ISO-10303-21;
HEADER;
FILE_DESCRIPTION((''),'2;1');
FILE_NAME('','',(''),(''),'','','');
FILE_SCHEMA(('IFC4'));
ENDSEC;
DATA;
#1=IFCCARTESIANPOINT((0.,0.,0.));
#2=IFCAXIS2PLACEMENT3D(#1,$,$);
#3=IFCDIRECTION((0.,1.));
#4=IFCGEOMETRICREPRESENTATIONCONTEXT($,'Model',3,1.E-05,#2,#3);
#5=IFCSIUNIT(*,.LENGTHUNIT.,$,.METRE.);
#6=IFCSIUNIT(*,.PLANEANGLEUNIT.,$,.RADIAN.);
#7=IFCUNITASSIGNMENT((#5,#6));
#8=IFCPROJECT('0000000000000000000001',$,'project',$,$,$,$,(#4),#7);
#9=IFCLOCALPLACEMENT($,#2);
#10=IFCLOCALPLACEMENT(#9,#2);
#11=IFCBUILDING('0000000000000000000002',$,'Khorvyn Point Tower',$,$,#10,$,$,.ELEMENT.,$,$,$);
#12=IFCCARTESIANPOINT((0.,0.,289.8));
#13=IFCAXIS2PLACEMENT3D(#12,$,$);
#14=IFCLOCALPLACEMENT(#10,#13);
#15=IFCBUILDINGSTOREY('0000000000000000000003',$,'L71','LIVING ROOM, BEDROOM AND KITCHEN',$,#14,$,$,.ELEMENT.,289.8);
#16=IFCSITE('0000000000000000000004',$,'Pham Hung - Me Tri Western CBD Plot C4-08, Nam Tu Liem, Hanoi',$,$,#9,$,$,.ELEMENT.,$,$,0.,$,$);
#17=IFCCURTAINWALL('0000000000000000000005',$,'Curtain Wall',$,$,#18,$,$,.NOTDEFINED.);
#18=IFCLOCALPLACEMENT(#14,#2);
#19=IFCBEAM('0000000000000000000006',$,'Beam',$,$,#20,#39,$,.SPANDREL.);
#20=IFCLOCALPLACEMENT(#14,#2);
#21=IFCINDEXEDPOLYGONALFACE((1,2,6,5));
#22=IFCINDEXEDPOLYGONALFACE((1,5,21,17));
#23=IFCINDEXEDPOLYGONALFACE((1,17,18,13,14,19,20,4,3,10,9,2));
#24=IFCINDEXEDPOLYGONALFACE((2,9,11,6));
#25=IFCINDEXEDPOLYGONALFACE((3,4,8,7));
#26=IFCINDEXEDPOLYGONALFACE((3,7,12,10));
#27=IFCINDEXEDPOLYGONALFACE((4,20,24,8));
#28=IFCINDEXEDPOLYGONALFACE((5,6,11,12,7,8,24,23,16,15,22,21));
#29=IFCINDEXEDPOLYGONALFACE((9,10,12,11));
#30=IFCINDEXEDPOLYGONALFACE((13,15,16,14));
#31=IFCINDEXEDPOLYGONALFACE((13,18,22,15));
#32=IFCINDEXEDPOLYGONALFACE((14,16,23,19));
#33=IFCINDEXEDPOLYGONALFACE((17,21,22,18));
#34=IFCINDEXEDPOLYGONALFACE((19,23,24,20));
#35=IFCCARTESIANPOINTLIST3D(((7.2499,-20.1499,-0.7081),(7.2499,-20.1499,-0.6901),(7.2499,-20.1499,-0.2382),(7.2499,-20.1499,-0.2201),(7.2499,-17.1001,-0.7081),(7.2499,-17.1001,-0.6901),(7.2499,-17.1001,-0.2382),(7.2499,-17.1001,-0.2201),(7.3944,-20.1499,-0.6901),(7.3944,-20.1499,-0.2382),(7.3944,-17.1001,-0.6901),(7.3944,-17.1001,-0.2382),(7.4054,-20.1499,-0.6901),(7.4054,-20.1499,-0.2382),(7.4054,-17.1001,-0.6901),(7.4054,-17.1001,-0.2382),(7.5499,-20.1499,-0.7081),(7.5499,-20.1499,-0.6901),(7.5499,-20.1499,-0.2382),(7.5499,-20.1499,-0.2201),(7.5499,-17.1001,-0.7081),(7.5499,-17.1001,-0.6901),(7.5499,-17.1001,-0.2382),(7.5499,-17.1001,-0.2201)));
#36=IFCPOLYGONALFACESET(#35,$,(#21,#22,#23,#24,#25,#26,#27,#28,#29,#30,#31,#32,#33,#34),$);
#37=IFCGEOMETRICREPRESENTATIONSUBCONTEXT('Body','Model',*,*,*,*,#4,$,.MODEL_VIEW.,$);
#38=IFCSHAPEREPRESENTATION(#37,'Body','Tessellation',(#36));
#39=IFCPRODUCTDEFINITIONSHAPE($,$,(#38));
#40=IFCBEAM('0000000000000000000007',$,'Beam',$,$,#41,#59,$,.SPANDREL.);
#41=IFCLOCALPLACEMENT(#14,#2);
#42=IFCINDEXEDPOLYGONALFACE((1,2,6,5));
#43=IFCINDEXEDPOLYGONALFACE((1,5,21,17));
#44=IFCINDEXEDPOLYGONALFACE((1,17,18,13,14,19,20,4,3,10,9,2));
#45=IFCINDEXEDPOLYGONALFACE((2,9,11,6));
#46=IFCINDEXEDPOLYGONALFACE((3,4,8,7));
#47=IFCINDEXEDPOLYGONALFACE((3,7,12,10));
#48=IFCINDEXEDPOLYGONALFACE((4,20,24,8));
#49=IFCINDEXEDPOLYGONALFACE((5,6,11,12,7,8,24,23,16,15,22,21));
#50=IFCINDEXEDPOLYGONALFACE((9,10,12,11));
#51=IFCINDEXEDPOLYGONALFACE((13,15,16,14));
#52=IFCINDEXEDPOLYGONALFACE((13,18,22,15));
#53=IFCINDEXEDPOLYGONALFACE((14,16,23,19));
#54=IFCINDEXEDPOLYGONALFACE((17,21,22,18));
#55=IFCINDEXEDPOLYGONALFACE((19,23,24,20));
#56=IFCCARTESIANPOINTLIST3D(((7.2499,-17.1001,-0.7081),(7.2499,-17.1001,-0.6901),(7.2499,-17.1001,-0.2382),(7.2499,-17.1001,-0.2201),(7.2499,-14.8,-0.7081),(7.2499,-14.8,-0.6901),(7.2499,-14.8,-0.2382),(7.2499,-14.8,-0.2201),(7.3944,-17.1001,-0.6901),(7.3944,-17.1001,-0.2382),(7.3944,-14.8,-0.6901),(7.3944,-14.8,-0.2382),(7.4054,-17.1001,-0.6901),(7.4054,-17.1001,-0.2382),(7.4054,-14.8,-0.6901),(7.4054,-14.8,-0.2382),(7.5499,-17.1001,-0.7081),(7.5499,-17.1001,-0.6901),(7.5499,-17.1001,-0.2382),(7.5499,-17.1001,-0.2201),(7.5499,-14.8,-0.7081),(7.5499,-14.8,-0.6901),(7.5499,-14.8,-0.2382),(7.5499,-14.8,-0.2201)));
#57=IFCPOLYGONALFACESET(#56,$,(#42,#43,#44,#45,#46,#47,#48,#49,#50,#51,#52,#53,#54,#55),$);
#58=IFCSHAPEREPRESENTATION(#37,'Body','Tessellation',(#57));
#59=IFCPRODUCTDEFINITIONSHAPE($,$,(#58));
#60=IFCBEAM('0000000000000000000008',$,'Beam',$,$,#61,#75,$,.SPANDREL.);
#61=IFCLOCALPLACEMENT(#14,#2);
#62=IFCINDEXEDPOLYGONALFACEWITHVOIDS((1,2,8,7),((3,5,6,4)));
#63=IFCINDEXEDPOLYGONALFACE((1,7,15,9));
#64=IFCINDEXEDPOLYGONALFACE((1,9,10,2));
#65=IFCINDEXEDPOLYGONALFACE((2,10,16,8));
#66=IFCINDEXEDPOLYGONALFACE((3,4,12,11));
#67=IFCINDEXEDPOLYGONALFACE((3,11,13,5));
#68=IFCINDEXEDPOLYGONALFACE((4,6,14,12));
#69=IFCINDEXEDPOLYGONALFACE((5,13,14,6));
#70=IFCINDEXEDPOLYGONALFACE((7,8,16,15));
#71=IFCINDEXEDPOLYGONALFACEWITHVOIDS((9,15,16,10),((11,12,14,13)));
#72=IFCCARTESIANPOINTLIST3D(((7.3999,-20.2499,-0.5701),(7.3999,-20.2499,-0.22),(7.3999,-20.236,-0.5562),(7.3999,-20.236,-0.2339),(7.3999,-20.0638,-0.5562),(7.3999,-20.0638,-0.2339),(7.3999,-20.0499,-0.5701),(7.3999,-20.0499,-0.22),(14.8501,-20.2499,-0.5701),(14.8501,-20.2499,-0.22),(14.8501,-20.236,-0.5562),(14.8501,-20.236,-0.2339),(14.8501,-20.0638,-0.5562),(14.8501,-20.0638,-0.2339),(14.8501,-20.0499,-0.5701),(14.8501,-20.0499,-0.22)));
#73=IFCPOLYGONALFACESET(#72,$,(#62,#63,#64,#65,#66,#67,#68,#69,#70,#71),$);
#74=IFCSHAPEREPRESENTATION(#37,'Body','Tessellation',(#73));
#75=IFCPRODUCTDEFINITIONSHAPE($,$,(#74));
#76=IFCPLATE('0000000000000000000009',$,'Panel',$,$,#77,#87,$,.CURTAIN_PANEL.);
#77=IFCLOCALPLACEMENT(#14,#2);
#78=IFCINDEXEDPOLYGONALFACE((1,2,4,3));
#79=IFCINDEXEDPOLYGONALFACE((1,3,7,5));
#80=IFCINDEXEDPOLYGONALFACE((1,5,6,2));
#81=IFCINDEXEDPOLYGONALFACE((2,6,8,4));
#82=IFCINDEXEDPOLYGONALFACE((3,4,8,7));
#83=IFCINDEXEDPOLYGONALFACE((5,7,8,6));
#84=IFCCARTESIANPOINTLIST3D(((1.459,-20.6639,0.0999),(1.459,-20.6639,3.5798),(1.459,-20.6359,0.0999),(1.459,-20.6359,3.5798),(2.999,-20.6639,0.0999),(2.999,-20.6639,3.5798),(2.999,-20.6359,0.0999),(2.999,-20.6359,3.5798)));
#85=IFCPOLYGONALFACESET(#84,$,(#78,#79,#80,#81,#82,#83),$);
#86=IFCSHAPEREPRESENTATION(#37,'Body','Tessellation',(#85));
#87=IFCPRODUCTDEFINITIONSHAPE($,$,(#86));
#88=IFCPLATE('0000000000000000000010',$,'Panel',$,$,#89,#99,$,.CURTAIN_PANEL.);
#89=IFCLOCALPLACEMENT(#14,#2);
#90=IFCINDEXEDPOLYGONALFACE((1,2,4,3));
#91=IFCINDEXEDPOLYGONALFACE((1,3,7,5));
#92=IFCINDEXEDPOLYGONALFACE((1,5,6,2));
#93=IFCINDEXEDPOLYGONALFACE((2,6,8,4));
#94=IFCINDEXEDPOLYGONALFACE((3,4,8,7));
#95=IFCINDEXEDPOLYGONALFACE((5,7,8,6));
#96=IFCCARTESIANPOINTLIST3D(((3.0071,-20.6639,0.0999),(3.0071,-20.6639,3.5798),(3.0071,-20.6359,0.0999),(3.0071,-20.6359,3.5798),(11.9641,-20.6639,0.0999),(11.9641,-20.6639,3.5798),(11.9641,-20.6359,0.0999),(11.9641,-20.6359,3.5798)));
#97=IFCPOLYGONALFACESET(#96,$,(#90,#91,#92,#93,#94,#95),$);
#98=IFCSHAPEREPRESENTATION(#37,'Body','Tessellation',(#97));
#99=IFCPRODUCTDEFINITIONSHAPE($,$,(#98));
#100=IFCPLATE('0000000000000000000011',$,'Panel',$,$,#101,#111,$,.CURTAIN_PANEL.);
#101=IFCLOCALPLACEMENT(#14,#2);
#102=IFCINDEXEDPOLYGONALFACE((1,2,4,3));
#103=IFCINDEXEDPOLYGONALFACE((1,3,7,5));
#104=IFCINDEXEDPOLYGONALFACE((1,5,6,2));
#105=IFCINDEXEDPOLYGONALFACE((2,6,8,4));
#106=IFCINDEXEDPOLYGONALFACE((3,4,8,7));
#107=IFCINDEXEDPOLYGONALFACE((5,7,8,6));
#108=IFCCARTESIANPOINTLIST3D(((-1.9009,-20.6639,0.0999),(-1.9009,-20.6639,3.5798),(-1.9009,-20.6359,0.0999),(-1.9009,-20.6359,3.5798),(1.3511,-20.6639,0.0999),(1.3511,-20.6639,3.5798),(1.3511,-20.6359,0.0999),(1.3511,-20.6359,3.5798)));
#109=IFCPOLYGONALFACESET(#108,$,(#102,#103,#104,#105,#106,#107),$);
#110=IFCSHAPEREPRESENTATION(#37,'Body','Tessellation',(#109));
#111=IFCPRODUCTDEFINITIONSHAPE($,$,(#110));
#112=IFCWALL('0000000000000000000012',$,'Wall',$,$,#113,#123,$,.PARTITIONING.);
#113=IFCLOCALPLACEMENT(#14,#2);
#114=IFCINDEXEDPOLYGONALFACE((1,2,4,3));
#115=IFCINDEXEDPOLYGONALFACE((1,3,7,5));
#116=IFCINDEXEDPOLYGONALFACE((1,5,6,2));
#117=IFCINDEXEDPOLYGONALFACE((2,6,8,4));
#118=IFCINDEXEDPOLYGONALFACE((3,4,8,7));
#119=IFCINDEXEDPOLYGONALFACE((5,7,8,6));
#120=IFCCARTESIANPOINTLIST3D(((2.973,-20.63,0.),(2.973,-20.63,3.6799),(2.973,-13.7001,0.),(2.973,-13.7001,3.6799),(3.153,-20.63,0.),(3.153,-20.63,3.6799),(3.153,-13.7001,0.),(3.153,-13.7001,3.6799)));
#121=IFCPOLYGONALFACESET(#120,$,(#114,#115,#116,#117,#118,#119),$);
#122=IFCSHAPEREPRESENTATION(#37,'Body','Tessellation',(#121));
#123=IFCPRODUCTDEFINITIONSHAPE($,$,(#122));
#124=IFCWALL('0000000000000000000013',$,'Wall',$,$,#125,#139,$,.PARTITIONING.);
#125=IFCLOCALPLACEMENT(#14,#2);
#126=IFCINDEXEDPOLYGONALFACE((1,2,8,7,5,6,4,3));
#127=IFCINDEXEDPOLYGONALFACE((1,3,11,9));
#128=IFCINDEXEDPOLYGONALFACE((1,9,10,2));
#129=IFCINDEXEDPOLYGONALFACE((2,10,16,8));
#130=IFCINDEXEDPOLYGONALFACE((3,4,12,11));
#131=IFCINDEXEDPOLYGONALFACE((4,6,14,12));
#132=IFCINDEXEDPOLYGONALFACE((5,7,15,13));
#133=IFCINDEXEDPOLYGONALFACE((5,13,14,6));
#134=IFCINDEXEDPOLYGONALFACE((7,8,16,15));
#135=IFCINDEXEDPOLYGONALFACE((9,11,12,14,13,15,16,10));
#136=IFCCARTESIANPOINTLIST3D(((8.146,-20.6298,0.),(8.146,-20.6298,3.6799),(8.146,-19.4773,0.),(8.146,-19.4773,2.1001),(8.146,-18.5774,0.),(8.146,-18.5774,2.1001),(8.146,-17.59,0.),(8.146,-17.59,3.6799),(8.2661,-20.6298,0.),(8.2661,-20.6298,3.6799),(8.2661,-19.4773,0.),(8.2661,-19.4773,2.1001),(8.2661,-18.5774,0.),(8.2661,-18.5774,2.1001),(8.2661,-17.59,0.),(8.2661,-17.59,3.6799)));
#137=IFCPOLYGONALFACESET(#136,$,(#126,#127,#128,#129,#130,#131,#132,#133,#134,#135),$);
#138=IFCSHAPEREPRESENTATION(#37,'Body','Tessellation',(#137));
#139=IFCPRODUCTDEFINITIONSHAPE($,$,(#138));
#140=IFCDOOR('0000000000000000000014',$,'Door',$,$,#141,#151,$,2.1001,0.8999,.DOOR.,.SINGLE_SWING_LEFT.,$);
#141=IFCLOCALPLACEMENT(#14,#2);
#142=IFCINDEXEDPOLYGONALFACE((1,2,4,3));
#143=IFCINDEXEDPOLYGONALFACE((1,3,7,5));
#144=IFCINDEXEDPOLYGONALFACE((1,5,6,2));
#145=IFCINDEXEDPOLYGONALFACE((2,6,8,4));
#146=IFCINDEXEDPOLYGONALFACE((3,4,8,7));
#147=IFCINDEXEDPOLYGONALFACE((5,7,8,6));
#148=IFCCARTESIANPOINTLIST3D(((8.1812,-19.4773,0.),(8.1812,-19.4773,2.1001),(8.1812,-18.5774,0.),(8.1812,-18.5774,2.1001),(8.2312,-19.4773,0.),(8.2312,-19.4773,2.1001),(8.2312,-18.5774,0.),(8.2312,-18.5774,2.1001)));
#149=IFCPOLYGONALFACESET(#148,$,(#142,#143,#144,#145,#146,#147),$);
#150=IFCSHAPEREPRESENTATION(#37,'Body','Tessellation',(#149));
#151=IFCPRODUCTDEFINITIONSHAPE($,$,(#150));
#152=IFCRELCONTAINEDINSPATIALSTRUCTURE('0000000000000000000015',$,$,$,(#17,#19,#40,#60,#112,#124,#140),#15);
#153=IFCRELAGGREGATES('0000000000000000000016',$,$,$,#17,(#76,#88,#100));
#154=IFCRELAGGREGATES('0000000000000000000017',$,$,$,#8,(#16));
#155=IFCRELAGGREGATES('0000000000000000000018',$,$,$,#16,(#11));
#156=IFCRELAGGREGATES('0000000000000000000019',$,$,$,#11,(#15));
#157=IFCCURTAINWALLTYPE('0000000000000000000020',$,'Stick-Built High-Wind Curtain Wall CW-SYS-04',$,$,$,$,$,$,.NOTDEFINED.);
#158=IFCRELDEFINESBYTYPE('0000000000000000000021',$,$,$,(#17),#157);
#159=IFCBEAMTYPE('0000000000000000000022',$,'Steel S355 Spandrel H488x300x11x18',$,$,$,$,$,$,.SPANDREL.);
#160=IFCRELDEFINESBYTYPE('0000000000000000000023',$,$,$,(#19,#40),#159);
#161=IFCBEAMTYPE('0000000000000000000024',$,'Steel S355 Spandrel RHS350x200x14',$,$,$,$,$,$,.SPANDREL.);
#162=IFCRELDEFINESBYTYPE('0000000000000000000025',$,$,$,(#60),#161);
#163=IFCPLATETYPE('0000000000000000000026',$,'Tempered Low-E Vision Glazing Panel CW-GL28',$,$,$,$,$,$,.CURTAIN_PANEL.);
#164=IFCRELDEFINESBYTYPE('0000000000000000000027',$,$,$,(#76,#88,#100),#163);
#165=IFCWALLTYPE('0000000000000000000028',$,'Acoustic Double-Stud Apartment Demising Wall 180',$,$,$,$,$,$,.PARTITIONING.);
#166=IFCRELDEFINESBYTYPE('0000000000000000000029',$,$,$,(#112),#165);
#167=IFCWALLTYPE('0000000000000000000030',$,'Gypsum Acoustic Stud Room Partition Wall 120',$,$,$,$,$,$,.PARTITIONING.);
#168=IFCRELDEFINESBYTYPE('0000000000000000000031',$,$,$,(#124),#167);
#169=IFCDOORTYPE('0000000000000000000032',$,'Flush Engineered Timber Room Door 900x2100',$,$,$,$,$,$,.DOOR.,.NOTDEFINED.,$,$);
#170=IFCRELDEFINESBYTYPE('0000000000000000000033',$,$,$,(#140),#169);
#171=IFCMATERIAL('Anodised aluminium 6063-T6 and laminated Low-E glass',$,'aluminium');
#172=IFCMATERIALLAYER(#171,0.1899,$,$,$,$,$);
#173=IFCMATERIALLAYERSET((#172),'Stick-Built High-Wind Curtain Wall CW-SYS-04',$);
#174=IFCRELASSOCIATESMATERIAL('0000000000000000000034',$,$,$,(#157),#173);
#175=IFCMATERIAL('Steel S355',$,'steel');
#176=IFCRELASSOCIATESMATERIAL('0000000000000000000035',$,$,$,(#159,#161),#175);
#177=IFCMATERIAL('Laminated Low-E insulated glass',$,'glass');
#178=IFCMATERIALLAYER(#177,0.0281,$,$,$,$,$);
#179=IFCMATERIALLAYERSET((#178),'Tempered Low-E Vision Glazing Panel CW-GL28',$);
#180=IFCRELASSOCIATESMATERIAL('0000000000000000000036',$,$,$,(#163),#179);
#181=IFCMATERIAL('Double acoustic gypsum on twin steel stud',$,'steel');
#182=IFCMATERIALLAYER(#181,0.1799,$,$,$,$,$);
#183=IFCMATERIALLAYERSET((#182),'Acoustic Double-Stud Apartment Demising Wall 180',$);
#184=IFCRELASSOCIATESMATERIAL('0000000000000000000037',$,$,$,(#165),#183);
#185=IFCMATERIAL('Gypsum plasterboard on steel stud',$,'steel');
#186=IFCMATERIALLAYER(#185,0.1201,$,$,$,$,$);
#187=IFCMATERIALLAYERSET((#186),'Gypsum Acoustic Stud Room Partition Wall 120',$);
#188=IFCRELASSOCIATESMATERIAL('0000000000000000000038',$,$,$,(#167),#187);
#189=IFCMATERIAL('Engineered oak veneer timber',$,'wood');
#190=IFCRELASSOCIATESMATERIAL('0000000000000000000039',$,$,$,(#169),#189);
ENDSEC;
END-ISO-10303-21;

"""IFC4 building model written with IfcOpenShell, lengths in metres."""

from ifc_helpers import new_model, si_unit, direction, frame, frame_2d, origin, origin_2d, place, context, subcontext, project, spatial, rectangle, hollow_rectangle, i_section, extrude, material, layer, layer_set, material_profile, profile_set, type_object, element, fill, aggregate, save


model = new_model("IFC4")

# Units and contexts
model_context = context("Model", 3, precision=1e-05, world=origin(), true_north=direction((0.0, 1.0)))
body_context = subcontext(model_context, "Body", "Model", "MODEL_VIEW")
ifc_project = project(units=[si_unit("LENGTHUNIT", "METRE"), si_unit("PLANEANGLEUNIT", "RADIAN")], contexts=[model_context])

# Site, building, storey
site_placement = place(None, origin())
site = spatial("IfcSite", under=ifc_project, at=site_placement, Name="Pham Hung - Me Tri Western CBD Plot C4-08, Nam Tu Liem, Hanoi", CompositionType="ELEMENT", RefElevation=0.0)
building_placement = place(site_placement, origin())
building = spatial("IfcBuilding", under=site, at=building_placement, Name="Khorvyn Point Tower", CompositionType="ELEMENT")
storey_placement = place(building_placement, frame((0.0, 0.0, 289.8)))
storey = spatial("IfcBuildingStorey", under=building, at=storey_placement, Name="L71", Description="LIVING ROOM, BEDROOM AND KITCHEN", CompositionType="ELEMENT", Elevation=289.8)

# Shared definitions
ifc_material_1 = material(Name="Steel S355", Category="steel")

# Curtain wall
ifc_material_2 = material(Name="Anodised aluminium 6063-T6 and laminated Low-E glass", Category="aluminium")
ifc_layer_1 = layer(ifc_material_2, 0.1899)
ifc_layer_set_1 = layer_set([ifc_layer_1], Name="Stick-Built High-Wind Curtain Wall CW-SYS-04")
curtain_wall_type = type_object("IfcCurtainWallType", Name="Stick-Built High-Wind Curtain Wall CW-SYS-04", PredefinedType="NOTDEFINED", material=ifc_layer_set_1)
curtain_wall_placement = place(storey_placement, origin())
curtain_wall = element("IfcCurtainWall", 1, at=curtain_wall_placement, inside=storey, type_object=curtain_wall_type, Name="Curtain Wall", PredefinedType="NOTDEFINED")

# Beams
ifc_material_profile_1 = material_profile(ifc_material_1, i_section(OverallWidth=0.3, OverallDepth=0.488, WebThickness=0.011, FlangeThickness=0.0181, at=origin_2d()))
ifc_profile_set_1 = profile_set([ifc_material_profile_1], Name="Steel S355 H488x300x11x18")
beam_type_1 = type_object("IfcBeamType", Name="Steel S355 Spandrel H488x300x11x18", PredefinedType="SPANDREL", material=ifc_profile_set_1)
beam_1_placement = place(storey_placement, frame((7.3999, -20.1499, -0.4641), z_axis=(0.0, 1.0, 0.0), x_axis=(-1.0, 0.0, 0.0)))
element("IfcBeam", 2, at=beam_1_placement, inside=storey, type_object=beam_type_1, Name="Beam", PredefinedType="SPANDREL", context=body_context, shape_type="SweptSolid", body=[
    extrude(i_section(OverallWidth=0.3, OverallDepth=0.488, WebThickness=0.011, FlangeThickness=0.0181, at=origin_2d()), origin(), (0.0, 0.0, 1.0), 3.0498),
])
beam_2_placement = place(storey_placement, frame((7.3999, -17.1001, -0.4641), z_axis=(0.0, 1.0, 0.0), x_axis=(-1.0, 0.0, 0.0)))
element("IfcBeam", 3, at=beam_2_placement, inside=storey, type_object=beam_type_1, Name="Beam", PredefinedType="SPANDREL", context=body_context, shape_type="SweptSolid", body=[
    extrude(i_section(OverallWidth=0.3, OverallDepth=0.488, WebThickness=0.011, FlangeThickness=0.0181, at=origin_2d()), origin(), (0.0, 0.0, 1.0), 2.3),
])
ifc_material_profile_2 = material_profile(ifc_material_1, hollow_rectangle(XDim=0.2, YDim=0.3501, WallThickness=0.0139, at=origin_2d()))
ifc_profile_set_2 = profile_set([ifc_material_profile_2], Name="Steel S355 RHS350x200x14")
beam_type_2 = type_object("IfcBeamType", Name="Steel S355 Spandrel RHS350x200x14", PredefinedType="SPANDREL", material=ifc_profile_set_2)
beam_3_placement = place(storey_placement, frame((7.3999, -20.1499, -0.395), z_axis=(1.0, 0.0, 0.0), x_axis=(0.0, 1.0, 0.0)))
element("IfcBeam", 4, at=beam_3_placement, inside=storey, type_object=beam_type_2, Name="Beam", PredefinedType="SPANDREL", context=body_context, shape_type="SweptSolid", body=[
    extrude(hollow_rectangle(XDim=0.2, YDim=0.3501, WallThickness=0.0139, at=origin_2d()), origin(), (0.0, 0.0, 1.0), 7.4502),
])

# Plates
ifc_material_3 = material(Name="Laminated Low-E insulated glass", Category="glass")
ifc_layer_2 = layer(ifc_material_3, 0.0281)
ifc_layer_set_2 = layer_set([ifc_layer_2], Name="Tempered Low-E Vision Glazing Panel CW-GL28")
plate_type = type_object("IfcPlateType", Name="Tempered Low-E Vision Glazing Panel CW-GL28", PredefinedType="CURTAIN_PANEL", material=ifc_layer_set_2)
plate_1_placement = place(storey_placement, frame((2.229, -20.6499, 0.0999), z_axis=(0.0, 0.0, 1.0), x_axis=(-1.0, 0.0, 0.0)))
plate_1 = element("IfcPlate", 5, at=plate_1_placement, type_object=plate_type, Name="Panel", PredefinedType="CURTAIN_PANEL", context=body_context, shape_type="SweptSolid", body=[
    extrude(rectangle(XDim=1.54, YDim=0.0281, at=origin_2d()), origin(), (0.0, 0.0, 1.0), 3.48),
])
plate_2_placement = place(storey_placement, frame((7.4856, -20.6499, 0.0999), z_axis=(0.0, 0.0, 1.0), x_axis=(-1.0, 0.0, 0.0)))
plate_2 = element("IfcPlate", 6, at=plate_2_placement, type_object=plate_type, Name="Panel", PredefinedType="CURTAIN_PANEL", context=body_context, shape_type="SweptSolid", body=[
    extrude(rectangle(XDim=8.957, YDim=0.0281, at=origin_2d()), origin(), (0.0, 0.0, 1.0), 3.48),
])
plate_3_placement = place(storey_placement, frame((-0.2749, -20.6499, 0.0999), z_axis=(0.0, 0.0, 1.0), x_axis=(-1.0, 0.0, 0.0)))
plate_3 = element("IfcPlate", 7, at=plate_3_placement, type_object=plate_type, Name="Panel", PredefinedType="CURTAIN_PANEL", context=body_context, shape_type="SweptSolid", body=[
    extrude(rectangle(XDim=3.252, YDim=0.0281, at=origin_2d()), origin(), (0.0, 0.0, 1.0), 3.48),
])
aggregate(curtain_wall, [plate_1, plate_2, plate_3])

# Wall
ifc_material_4 = material(Name="Double acoustic gypsum on twin steel stud", Category="steel")
ifc_layer_3 = layer(ifc_material_4, 0.1799)
ifc_layer_set_3 = layer_set([ifc_layer_3], Name="Acoustic Double-Stud Apartment Demising Wall 180")
wall_type_1 = type_object("IfcWallType", Name="Acoustic Double-Stud Apartment Demising Wall 180", PredefinedType="PARTITIONING", material=ifc_layer_set_3)
wall_1_placement = place(storey_placement, frame((3.063, -20.6299, 0.0), z_axis=(0.0, 0.0, 1.0), x_axis=(0.0, 1.0, 0.0)))
element("IfcWall", 8, at=wall_1_placement, inside=storey, type_object=wall_type_1, Name="Wall", PredefinedType="PARTITIONING", context=body_context, shape_type="SweptSolid", body=[
    extrude(rectangle(XDim=6.9299, YDim=0.1799, at=frame_2d((3.4648, 0.0))), origin(), (0.0, 0.0, 1.0), 3.6799),
])

# Wall, opening, door
ifc_material_5 = material(Name="Gypsum plasterboard on steel stud", Category="steel")
ifc_layer_4 = layer(ifc_material_5, 0.1201)
ifc_layer_set_4 = layer_set([ifc_layer_4], Name="Gypsum Acoustic Stud Room Partition Wall 120")
wall_type_2 = type_object("IfcWallType", Name="Gypsum Acoustic Stud Room Partition Wall 120", PredefinedType="PARTITIONING", material=ifc_layer_set_4)
wall_2_placement = place(storey_placement, frame((8.2061, -20.6299, 0.0), z_axis=(0.0, 0.0, 1.0), x_axis=(0.0, 1.0, 0.0)))
wall_2 = element("IfcWall", 9, at=wall_2_placement, inside=storey, type_object=wall_type_2, Name="Wall", PredefinedType="PARTITIONING", context=body_context, shape_type="SweptSolid", body=[
    extrude(rectangle(XDim=3.0398, YDim=0.1201, at=frame_2d((1.52, 0.0))), origin(), (0.0, 0.0, 1.0), 3.6799),
])
opening_1_placement = place(wall_2_placement, frame((1.1526, 0.0, 0.0)))
opening_1 = element("IfcOpeningElement", 10, at=opening_1_placement, cuts=wall_2, PredefinedType="OPENING", context=body_context, shape_type="SweptSolid", body=[
    extrude(rectangle(XDim=0.8999, YDim=2.1001, at=frame_2d((0.45, 1.05))), frame((0.0, 0.0701, 0.0), z_axis=(0.0, -1.0, 0.0), x_axis=(1.0, 0.0, 0.0)), (0.0, 0.0, 1.0), 0.1401),
])
ifc_material_6 = material(Name="Engineered oak veneer timber", Category="wood")
door_type_1 = type_object("IfcDoorType", Name="Flush Engineered Timber Room Door 900x2100", OperationType="NOTDEFINED", PredefinedType="DOOR", material=ifc_material_6)
door_1_placement = place(opening_1_placement, origin())
door_1 = element("IfcDoor", 11, at=door_1_placement, inside=storey, type_object=door_type_1, Name="Door", OperationType="SINGLE_SWING_LEFT", OverallHeight=2.1001, OverallWidth=0.8999, PredefinedType="DOOR", context=body_context, shape_type="SweptSolid", body=[
    extrude(rectangle(XDim=0.8999, YDim=2.1001, at=frame_2d((0.45, 1.05))), frame((0.0, 0.0249, 0.0), z_axis=(0.0, -1.0, 0.0), x_axis=(1.0, 0.0, 0.0)), (0.0, 0.0, 1.0), 0.05),
])
fill(opening_1, door_1)

save(model, "model.ifc")
